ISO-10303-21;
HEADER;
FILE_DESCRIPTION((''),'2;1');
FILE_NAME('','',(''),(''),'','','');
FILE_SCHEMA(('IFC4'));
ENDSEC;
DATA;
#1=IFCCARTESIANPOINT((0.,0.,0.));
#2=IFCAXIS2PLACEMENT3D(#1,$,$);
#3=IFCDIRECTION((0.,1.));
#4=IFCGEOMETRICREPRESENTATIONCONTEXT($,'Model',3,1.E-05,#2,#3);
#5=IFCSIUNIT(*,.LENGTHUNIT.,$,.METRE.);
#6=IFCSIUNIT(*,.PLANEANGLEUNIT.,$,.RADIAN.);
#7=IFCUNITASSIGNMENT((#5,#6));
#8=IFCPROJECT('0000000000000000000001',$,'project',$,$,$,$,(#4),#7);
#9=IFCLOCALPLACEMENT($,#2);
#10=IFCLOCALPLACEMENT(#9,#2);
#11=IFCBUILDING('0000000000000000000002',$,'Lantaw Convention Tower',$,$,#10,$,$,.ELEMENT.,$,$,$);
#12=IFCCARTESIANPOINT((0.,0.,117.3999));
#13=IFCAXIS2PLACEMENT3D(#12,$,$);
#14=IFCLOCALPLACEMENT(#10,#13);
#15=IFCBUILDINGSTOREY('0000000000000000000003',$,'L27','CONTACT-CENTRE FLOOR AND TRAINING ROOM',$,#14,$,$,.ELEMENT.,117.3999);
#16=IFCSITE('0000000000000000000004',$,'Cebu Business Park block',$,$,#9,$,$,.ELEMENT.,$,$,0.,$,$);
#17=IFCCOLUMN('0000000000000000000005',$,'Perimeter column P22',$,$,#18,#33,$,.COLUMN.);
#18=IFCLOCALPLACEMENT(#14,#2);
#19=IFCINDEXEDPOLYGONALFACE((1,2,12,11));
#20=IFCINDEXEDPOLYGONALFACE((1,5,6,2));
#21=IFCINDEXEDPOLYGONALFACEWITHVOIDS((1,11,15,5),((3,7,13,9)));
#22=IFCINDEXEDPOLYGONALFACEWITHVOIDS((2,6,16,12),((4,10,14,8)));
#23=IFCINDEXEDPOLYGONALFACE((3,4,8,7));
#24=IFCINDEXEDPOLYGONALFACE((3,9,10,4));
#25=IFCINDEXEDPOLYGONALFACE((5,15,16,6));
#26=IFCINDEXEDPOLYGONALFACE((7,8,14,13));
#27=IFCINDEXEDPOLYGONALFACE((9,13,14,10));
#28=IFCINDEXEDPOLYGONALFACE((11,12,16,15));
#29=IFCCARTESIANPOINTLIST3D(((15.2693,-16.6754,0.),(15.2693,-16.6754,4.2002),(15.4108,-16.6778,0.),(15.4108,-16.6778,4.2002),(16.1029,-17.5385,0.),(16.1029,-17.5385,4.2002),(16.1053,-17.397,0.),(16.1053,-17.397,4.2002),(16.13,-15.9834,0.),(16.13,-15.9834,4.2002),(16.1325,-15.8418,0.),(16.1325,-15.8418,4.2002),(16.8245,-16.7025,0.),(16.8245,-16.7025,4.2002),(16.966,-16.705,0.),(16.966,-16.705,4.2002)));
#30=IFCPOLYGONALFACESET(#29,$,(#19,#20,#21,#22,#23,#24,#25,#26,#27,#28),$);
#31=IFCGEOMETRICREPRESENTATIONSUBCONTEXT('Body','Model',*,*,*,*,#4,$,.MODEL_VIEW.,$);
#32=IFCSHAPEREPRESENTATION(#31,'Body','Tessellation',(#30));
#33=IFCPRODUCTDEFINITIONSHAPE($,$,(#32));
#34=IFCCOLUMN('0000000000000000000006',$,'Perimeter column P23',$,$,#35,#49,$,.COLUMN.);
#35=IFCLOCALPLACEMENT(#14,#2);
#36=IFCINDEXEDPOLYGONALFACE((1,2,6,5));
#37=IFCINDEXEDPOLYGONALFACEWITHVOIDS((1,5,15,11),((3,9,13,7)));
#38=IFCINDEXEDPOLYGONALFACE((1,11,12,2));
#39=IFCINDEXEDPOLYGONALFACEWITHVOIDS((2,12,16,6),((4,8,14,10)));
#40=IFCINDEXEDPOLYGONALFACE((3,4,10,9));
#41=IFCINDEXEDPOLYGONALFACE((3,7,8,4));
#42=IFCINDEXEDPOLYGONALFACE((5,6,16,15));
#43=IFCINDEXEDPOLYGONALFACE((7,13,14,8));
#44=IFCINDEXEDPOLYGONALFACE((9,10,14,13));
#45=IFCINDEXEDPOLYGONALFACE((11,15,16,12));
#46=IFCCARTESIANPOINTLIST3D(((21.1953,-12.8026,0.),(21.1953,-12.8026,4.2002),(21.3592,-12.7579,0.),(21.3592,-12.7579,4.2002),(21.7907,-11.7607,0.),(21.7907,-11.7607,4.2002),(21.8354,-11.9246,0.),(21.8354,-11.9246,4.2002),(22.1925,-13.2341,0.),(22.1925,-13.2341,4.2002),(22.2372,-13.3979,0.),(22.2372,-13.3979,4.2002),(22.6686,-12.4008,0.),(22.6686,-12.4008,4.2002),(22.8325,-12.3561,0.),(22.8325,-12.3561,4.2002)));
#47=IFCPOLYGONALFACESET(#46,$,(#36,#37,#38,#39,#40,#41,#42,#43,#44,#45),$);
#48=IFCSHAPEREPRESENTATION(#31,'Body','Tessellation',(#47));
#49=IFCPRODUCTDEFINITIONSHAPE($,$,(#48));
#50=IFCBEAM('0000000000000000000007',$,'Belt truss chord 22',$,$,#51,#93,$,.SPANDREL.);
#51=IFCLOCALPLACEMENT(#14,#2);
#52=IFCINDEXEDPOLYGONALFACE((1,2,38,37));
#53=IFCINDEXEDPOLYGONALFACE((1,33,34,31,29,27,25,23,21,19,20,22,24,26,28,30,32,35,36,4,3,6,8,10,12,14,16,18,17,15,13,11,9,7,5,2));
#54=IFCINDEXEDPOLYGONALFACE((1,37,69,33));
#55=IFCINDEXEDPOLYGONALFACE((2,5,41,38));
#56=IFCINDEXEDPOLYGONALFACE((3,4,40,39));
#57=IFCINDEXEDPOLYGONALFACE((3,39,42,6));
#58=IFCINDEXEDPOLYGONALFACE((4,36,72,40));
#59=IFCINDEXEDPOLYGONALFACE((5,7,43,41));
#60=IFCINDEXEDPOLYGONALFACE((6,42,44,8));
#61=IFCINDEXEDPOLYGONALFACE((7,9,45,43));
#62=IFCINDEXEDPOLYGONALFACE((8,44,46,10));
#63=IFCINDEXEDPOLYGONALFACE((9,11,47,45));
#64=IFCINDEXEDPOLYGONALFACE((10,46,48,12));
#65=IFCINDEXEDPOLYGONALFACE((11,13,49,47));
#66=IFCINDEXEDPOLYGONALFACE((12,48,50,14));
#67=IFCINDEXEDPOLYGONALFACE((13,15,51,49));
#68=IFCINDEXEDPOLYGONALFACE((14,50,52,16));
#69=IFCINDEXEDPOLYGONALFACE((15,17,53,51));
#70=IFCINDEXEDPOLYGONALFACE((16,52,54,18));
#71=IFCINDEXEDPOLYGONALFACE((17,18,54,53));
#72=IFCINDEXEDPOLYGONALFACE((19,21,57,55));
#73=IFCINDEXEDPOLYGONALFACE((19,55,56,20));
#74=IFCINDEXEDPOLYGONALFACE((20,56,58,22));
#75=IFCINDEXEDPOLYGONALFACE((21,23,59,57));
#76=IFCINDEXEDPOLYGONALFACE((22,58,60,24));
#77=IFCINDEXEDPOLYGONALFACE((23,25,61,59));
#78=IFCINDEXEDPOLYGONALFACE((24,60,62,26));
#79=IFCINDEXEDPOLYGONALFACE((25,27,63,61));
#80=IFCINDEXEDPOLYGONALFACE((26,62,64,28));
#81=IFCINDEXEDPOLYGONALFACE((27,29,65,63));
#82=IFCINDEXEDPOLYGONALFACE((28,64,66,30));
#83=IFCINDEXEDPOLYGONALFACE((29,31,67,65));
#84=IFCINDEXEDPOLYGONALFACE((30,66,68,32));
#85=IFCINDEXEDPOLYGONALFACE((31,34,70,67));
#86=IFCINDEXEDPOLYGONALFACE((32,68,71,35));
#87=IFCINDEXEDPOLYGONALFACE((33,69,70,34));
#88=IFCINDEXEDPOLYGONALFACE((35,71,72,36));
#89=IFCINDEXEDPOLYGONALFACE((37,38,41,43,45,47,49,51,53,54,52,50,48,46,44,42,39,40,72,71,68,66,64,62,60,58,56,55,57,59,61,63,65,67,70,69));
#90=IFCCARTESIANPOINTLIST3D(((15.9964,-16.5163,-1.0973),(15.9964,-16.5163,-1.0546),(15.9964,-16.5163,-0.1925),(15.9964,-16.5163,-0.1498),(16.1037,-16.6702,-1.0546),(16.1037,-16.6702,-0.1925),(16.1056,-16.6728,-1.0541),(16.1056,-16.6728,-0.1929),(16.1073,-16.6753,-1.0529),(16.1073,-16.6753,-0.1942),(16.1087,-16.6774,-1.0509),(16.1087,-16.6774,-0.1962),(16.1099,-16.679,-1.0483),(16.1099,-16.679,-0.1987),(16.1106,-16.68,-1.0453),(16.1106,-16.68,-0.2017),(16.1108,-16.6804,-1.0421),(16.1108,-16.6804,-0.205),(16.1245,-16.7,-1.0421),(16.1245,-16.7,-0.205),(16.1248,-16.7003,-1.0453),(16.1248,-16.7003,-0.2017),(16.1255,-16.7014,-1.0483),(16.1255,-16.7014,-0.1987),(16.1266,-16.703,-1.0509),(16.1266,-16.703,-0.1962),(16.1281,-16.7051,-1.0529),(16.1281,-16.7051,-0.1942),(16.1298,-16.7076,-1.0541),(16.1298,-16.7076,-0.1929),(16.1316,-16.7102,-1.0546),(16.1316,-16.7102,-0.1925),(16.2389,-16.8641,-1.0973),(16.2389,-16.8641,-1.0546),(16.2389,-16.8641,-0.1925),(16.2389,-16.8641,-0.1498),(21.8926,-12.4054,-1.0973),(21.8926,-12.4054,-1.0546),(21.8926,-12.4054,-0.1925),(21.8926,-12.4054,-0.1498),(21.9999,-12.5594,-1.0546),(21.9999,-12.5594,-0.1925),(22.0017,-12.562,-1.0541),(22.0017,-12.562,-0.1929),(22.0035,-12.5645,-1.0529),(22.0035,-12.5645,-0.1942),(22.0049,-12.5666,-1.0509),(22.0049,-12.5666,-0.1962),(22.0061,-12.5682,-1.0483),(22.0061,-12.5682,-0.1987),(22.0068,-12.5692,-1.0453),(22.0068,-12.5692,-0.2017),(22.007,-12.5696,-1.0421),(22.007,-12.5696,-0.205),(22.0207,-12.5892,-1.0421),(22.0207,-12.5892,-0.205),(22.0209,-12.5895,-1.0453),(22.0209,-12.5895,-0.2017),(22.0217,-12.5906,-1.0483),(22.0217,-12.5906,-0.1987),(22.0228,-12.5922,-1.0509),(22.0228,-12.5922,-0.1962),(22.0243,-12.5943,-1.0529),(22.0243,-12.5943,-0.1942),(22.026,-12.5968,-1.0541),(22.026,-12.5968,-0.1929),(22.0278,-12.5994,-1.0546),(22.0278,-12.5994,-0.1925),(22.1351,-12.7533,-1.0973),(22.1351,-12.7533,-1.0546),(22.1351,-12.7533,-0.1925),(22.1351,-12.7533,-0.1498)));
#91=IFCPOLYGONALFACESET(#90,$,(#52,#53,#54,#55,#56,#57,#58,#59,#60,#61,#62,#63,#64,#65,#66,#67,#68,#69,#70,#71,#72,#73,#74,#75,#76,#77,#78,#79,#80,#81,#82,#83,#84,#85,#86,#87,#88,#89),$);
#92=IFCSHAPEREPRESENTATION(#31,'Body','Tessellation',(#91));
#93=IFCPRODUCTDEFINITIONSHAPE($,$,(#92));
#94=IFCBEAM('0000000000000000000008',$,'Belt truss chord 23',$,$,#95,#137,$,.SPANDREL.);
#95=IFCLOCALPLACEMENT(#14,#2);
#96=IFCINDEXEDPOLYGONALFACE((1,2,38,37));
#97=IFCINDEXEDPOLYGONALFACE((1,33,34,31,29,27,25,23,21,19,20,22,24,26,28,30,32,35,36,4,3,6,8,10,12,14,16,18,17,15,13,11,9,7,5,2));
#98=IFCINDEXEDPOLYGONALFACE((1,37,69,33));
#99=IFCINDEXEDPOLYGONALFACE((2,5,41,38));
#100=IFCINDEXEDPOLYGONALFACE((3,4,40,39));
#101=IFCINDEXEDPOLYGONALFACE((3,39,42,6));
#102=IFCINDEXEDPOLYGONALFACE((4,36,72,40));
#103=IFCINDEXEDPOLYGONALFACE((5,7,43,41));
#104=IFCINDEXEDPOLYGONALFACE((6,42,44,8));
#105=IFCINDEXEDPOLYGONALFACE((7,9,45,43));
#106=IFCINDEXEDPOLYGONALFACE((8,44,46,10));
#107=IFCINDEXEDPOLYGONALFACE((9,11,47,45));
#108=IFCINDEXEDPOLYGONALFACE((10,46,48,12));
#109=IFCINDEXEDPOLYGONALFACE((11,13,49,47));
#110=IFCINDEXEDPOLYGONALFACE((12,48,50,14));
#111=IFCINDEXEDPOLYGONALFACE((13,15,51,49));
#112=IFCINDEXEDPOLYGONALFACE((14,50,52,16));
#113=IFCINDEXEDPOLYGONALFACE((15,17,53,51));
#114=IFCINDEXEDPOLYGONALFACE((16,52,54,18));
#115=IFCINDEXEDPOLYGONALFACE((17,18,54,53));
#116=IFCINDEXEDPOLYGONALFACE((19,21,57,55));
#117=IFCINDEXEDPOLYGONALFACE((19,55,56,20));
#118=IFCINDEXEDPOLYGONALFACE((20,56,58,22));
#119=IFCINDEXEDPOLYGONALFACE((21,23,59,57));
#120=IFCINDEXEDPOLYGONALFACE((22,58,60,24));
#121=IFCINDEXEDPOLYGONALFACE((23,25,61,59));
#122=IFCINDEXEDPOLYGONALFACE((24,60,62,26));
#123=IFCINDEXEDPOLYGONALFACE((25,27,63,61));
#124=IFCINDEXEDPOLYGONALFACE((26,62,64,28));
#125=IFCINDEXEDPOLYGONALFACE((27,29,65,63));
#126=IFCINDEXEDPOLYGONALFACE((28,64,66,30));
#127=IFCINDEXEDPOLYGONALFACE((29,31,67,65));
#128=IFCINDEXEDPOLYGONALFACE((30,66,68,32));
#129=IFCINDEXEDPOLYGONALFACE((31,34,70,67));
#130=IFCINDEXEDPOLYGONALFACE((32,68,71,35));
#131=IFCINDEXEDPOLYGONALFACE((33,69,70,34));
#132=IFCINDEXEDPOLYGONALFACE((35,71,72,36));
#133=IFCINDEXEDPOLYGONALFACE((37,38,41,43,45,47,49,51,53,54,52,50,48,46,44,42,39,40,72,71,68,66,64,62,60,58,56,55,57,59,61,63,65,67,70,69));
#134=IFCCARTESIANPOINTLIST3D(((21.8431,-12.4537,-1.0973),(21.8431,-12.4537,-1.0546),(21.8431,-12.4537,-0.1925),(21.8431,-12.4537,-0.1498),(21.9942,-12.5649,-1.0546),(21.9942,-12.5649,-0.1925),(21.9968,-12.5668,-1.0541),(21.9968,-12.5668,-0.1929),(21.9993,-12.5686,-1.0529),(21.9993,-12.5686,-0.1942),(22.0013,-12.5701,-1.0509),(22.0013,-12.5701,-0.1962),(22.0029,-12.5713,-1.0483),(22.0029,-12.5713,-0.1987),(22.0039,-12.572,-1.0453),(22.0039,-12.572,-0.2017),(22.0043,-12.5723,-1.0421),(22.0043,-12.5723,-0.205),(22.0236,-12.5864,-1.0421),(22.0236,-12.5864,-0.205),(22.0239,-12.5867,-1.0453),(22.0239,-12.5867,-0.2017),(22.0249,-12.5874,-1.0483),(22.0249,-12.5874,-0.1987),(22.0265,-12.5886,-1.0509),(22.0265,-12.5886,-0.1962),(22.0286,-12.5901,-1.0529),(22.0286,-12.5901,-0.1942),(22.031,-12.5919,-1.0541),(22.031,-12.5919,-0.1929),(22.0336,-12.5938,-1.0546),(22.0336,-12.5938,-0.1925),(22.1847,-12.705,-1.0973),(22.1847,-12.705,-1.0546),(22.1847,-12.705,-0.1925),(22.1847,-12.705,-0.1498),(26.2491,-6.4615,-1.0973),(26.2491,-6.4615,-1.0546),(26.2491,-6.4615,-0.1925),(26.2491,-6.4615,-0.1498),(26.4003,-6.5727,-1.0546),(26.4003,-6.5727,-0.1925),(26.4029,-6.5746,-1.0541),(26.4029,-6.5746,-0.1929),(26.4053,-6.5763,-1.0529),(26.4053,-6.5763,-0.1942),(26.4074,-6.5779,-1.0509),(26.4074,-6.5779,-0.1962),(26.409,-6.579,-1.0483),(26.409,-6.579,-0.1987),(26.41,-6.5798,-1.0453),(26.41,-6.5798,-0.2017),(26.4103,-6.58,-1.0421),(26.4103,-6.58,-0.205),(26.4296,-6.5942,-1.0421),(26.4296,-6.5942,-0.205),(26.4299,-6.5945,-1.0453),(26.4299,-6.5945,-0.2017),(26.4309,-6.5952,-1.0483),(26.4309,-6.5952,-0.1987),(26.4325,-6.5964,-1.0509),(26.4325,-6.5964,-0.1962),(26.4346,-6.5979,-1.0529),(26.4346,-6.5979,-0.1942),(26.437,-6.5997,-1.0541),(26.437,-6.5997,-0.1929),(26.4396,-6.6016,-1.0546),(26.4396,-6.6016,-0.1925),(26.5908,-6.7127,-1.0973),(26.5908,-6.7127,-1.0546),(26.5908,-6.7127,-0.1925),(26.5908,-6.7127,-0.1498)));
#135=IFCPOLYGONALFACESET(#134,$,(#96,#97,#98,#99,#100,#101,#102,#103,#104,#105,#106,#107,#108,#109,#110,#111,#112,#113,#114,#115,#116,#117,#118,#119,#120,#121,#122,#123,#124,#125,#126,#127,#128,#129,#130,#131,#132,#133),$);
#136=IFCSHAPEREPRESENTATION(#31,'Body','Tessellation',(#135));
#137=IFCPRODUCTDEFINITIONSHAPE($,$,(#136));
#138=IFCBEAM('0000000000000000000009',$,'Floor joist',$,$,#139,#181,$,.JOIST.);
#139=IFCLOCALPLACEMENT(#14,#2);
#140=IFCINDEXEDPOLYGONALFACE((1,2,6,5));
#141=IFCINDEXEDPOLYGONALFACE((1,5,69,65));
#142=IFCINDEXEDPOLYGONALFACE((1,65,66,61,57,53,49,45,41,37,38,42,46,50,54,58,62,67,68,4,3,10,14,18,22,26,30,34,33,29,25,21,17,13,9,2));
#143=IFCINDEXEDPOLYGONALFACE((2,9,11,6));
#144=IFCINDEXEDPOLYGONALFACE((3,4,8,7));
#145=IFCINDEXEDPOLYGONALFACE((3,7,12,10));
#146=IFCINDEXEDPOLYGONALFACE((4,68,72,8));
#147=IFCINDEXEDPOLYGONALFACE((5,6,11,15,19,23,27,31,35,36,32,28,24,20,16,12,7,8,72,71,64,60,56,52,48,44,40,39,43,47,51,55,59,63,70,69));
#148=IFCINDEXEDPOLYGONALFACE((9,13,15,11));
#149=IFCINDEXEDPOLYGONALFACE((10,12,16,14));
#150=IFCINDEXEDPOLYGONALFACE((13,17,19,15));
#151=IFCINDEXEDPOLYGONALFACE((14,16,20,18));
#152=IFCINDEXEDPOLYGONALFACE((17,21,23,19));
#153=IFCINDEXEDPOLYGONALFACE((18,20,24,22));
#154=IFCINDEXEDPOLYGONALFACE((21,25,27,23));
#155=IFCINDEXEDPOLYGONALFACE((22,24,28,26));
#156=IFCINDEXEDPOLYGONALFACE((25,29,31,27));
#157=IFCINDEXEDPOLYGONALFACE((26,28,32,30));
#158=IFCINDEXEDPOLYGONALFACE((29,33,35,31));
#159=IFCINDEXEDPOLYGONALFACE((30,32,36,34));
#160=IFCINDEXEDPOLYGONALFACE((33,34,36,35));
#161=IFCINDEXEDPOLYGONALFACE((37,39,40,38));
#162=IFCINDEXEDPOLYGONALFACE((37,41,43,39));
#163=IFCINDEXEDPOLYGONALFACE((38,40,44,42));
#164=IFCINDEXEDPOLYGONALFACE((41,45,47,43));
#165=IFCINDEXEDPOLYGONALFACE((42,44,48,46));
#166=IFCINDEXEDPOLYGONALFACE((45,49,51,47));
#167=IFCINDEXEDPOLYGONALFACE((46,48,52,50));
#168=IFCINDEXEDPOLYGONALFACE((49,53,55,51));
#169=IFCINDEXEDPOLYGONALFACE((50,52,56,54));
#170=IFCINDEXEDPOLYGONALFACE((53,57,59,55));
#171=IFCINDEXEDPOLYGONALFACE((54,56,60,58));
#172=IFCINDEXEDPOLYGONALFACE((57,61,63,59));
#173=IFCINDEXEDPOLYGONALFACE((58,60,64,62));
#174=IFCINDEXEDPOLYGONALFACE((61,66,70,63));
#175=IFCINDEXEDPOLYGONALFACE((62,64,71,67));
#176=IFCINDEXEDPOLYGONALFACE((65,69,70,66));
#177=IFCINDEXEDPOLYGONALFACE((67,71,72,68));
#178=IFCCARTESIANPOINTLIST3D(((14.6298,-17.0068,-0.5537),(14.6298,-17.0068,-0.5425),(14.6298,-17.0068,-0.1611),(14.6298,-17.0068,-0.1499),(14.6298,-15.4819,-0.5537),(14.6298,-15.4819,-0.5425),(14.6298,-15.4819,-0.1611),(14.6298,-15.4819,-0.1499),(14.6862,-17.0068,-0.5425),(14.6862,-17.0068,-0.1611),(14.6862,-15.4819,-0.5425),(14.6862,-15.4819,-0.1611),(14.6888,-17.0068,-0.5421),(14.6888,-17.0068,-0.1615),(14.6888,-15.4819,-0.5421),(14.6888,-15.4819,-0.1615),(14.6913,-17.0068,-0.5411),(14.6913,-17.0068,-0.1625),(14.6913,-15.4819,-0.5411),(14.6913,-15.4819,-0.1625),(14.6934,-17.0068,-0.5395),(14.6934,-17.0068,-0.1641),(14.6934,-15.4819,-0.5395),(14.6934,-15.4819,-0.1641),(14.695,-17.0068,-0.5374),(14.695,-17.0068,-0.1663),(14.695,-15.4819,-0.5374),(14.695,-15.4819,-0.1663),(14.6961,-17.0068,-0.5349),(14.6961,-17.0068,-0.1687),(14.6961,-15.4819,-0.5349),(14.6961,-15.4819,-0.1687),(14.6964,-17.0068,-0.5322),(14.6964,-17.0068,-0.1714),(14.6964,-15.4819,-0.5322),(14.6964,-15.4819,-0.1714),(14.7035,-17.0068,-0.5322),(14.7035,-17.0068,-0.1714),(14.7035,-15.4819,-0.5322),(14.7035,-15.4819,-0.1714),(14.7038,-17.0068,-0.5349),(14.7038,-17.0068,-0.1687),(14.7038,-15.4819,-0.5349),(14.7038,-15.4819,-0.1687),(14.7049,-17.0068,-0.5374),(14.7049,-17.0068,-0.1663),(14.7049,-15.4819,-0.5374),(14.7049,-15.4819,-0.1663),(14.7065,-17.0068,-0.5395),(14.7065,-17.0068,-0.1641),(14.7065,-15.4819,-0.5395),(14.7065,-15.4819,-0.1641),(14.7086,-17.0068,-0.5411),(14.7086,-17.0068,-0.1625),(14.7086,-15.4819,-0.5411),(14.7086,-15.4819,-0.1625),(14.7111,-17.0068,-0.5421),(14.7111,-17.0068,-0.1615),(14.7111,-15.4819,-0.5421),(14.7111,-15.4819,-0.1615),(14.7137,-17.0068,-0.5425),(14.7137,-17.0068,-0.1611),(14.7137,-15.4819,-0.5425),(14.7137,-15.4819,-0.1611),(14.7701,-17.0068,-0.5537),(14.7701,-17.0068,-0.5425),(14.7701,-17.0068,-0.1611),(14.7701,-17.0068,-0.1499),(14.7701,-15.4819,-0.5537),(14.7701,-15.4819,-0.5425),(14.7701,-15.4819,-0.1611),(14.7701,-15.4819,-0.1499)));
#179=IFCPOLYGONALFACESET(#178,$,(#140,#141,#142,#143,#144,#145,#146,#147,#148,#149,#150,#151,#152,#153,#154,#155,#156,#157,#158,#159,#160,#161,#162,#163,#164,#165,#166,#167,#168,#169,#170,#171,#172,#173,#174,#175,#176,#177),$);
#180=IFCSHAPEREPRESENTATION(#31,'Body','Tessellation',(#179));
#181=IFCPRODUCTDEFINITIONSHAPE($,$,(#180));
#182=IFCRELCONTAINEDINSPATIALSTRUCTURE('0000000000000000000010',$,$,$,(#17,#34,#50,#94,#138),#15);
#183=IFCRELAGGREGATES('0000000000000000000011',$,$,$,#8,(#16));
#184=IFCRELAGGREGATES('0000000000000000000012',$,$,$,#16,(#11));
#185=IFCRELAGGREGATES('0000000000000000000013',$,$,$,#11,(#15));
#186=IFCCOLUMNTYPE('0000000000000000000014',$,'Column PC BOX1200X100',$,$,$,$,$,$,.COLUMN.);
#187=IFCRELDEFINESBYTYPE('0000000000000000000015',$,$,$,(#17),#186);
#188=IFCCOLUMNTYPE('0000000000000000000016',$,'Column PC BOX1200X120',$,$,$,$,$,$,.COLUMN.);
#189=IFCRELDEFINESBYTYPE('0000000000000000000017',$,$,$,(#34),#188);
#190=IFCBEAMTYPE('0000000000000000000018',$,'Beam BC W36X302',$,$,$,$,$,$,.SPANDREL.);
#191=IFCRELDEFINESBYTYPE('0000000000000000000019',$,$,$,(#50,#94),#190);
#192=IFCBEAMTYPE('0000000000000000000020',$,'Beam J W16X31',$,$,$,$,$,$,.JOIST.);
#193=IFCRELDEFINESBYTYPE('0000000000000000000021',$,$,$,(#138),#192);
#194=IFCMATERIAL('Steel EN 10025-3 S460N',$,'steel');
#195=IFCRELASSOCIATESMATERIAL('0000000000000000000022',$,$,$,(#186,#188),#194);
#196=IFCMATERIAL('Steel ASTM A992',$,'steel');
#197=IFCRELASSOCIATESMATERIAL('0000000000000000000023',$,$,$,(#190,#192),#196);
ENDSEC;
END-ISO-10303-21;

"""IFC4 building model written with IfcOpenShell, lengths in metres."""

from ifc_helpers import new_model, si_unit, direction, frame, origin, origin_2d, place, context, subcontext, project, spatial, rectangle, hollow_rectangle, i_section, extrude, material, material_profile, profile_set, type_object, element, save


model = new_model("IFC4")

# Units and contexts
model_context = context("Model", 3, precision=1e-05, world=origin(), true_north=direction((0.0, 1.0)))
body_context = subcontext(model_context, "Body", "Model", "MODEL_VIEW")
ifc_project = project(units=[si_unit("LENGTHUNIT", "METRE"), si_unit("PLANEANGLEUNIT", "RADIAN")], contexts=[model_context])

# Site, building, storey
site_placement = place(None, origin())
site = spatial("IfcSite", under=ifc_project, at=site_placement, Name="Cebu Business Park block", CompositionType="ELEMENT", RefElevation=0.0)
building_placement = place(site_placement, origin())
building = spatial("IfcBuilding", under=site, at=building_placement, Name="Lantaw Convention Tower", CompositionType="ELEMENT")
storey_placement = place(building_placement, frame((0.0, 0.0, 117.3999)))
storey = spatial("IfcBuildingStorey", under=building, at=storey_placement, Name="L27", Description="CONTACT-CENTRE FLOOR AND TRAINING ROOM", CompositionType="ELEMENT", Elevation=117.3999)

# Columns
ifc_material_1 = material(Name="Steel EN 10025-3 S460N", Category="steel")
ifc_material_profile_1 = material_profile(ifc_material_1, hollow_rectangle(XDim=1.2, YDim=1.2, WallThickness=0.1001, at=origin_2d()), Name="BOX1200X100")
ifc_material_2 = material(Name="Concrete C60/75", Category="concrete")
ifc_material_profile_2 = material_profile(ifc_material_2, rectangle(XDim=1.0, YDim=1.0, at=origin_2d()), Name="Concrete fill of BOX1200X100")
ifc_profile_set_1 = profile_set([ifc_material_profile_1, ifc_material_profile_2], Name="Steel EN 10025-3 S460N")
column_type_1 = type_object("IfcColumnType", Name="Column PC BOX1200X100", PredefinedType="COLUMN", material=ifc_profile_set_1)
column_1_placement = place(storey_placement, frame((16.1177, -16.6902, 0.0), z_axis=(0.0, 0.0, 1.0), x_axis=(0.71934, 0.694658, 0.0)))
element("IfcColumn", 1, at=column_1_placement, inside=storey, type_object=column_type_1, Name="Perimeter column P22", PredefinedType="COLUMN", context=body_context, shape_type="SweptSolid", body=[
    extrude(hollow_rectangle(XDim=1.2, YDim=1.2, WallThickness=0.1001, at=origin_2d()), origin(), (0.0, 0.0, 1.0), 4.2002),
])
ifc_material_profile_3 = material_profile(ifc_material_1, hollow_rectangle(XDim=1.2, YDim=1.2, WallThickness=0.1201, at=origin_2d()), Name="BOX1200X120")
ifc_material_profile_4 = material_profile(ifc_material_2, rectangle(XDim=0.96, YDim=0.96, at=origin_2d()), Name="Concrete fill of BOX1200X120")
ifc_profile_set_2 = profile_set([ifc_material_profile_3, ifc_material_profile_4], Name="Steel EN 10025-3 S460N")
column_type_2 = type_object("IfcColumnType", Name="Column PC BOX1200X120", PredefinedType="COLUMN", material=ifc_profile_set_2)
column_2_placement = place(storey_placement, frame((22.0139, -12.5793, 0.0), z_axis=(0.0, 0.0, 1.0), x_axis=(0.496139, 0.868243, 0.0)))
element("IfcColumn", 2, at=column_2_placement, inside=storey, type_object=column_type_2, Name="Perimeter column P23", PredefinedType="COLUMN", context=body_context, shape_type="SweptSolid", body=[
    extrude(hollow_rectangle(XDim=1.2, YDim=1.2, WallThickness=0.1201, at=origin_2d()), origin(), (0.0, 0.0, 1.0), 4.2002),
])

# Beams
ifc_material_3 = material(Name="Steel ASTM A992", Category="steel")
ifc_material_profile_5 = material_profile(ifc_material_3, i_section(OverallWidth=0.4241, OverallDepth=0.9475, WebThickness=0.0239, FlangeThickness=0.0427, FilletRadius=0.0125, at=origin_2d()), Name="W36X302")
ifc_profile_set_3 = profile_set([ifc_material_profile_5], Name="Steel ASTM A992")
beam_type_1 = type_object("IfcBeamType", Name="Beam BC W36X302", PredefinedType="SPANDREL", material=ifc_profile_set_3)
beam_1_placement = place(storey_placement, frame((16.1177, -16.6902, -0.6235), z_axis=(0.820311, 0.571918, 0.0), x_axis=(-0.571918, 0.820311, 0.0)))
element("IfcBeam", 3, at=beam_1_placement, inside=storey, type_object=beam_type_1, Name="Belt truss chord 22", PredefinedType="SPANDREL", context=body_context, shape_type="SweptSolid", body=[
    extrude(i_section(OverallWidth=0.4241, OverallDepth=0.9475, WebThickness=0.0239, FlangeThickness=0.0427, FilletRadius=0.0125, at=origin_2d()), origin(), (0.0, 0.0, 1.0), 7.1877),
])
beam_2_placement = place(storey_placement, frame((22.0139, -12.5793, -0.6235), z_axis=(0.592389, 0.805652, 0.0), x_axis=(-0.805652, 0.592389, 0.0)))
element("IfcBeam", 4, at=beam_2_placement, inside=storey, type_object=beam_type_1, Name="Belt truss chord 23", PredefinedType="SPANDREL", context=body_context, shape_type="SweptSolid", body=[
    extrude(i_section(OverallWidth=0.4241, OverallDepth=0.9475, WebThickness=0.0239, FlangeThickness=0.0427, FilletRadius=0.0125, at=origin_2d()), origin(), (0.0, 0.0, 1.0), 7.4377),
])
ifc_material_profile_6 = material_profile(ifc_material_3, i_section(OverallWidth=0.1404, OverallDepth=0.4038, WebThickness=0.0071, FlangeThickness=0.0112, FilletRadius=0.0103, at=origin_2d()), Name="W16X31")
ifc_profile_set_4 = profile_set([ifc_material_profile_6], Name="Steel ASTM A992")
beam_type_2 = type_object("IfcBeamType", Name="Beam J W16X31", PredefinedType="JOIST", material=ifc_profile_set_4)
beam_3_placement = place(storey_placement, frame((14.7, -17.0068, -0.3518), z_axis=(0.0, 1.0, 0.0), x_axis=(-1.0, 0.0, 0.0)))
element("IfcBeam", 5, at=beam_3_placement, inside=storey, type_object=beam_type_2, Name="Floor joist", PredefinedType="JOIST", context=body_context, shape_type="SweptSolid", body=[
    extrude(i_section(OverallWidth=0.1404, OverallDepth=0.4038, WebThickness=0.0071, FlangeThickness=0.0112, FilletRadius=0.0103, at=origin_2d()), origin(), (0.0, 0.0, 1.0), 1.5249),
])

save(model, "model.ifc")
